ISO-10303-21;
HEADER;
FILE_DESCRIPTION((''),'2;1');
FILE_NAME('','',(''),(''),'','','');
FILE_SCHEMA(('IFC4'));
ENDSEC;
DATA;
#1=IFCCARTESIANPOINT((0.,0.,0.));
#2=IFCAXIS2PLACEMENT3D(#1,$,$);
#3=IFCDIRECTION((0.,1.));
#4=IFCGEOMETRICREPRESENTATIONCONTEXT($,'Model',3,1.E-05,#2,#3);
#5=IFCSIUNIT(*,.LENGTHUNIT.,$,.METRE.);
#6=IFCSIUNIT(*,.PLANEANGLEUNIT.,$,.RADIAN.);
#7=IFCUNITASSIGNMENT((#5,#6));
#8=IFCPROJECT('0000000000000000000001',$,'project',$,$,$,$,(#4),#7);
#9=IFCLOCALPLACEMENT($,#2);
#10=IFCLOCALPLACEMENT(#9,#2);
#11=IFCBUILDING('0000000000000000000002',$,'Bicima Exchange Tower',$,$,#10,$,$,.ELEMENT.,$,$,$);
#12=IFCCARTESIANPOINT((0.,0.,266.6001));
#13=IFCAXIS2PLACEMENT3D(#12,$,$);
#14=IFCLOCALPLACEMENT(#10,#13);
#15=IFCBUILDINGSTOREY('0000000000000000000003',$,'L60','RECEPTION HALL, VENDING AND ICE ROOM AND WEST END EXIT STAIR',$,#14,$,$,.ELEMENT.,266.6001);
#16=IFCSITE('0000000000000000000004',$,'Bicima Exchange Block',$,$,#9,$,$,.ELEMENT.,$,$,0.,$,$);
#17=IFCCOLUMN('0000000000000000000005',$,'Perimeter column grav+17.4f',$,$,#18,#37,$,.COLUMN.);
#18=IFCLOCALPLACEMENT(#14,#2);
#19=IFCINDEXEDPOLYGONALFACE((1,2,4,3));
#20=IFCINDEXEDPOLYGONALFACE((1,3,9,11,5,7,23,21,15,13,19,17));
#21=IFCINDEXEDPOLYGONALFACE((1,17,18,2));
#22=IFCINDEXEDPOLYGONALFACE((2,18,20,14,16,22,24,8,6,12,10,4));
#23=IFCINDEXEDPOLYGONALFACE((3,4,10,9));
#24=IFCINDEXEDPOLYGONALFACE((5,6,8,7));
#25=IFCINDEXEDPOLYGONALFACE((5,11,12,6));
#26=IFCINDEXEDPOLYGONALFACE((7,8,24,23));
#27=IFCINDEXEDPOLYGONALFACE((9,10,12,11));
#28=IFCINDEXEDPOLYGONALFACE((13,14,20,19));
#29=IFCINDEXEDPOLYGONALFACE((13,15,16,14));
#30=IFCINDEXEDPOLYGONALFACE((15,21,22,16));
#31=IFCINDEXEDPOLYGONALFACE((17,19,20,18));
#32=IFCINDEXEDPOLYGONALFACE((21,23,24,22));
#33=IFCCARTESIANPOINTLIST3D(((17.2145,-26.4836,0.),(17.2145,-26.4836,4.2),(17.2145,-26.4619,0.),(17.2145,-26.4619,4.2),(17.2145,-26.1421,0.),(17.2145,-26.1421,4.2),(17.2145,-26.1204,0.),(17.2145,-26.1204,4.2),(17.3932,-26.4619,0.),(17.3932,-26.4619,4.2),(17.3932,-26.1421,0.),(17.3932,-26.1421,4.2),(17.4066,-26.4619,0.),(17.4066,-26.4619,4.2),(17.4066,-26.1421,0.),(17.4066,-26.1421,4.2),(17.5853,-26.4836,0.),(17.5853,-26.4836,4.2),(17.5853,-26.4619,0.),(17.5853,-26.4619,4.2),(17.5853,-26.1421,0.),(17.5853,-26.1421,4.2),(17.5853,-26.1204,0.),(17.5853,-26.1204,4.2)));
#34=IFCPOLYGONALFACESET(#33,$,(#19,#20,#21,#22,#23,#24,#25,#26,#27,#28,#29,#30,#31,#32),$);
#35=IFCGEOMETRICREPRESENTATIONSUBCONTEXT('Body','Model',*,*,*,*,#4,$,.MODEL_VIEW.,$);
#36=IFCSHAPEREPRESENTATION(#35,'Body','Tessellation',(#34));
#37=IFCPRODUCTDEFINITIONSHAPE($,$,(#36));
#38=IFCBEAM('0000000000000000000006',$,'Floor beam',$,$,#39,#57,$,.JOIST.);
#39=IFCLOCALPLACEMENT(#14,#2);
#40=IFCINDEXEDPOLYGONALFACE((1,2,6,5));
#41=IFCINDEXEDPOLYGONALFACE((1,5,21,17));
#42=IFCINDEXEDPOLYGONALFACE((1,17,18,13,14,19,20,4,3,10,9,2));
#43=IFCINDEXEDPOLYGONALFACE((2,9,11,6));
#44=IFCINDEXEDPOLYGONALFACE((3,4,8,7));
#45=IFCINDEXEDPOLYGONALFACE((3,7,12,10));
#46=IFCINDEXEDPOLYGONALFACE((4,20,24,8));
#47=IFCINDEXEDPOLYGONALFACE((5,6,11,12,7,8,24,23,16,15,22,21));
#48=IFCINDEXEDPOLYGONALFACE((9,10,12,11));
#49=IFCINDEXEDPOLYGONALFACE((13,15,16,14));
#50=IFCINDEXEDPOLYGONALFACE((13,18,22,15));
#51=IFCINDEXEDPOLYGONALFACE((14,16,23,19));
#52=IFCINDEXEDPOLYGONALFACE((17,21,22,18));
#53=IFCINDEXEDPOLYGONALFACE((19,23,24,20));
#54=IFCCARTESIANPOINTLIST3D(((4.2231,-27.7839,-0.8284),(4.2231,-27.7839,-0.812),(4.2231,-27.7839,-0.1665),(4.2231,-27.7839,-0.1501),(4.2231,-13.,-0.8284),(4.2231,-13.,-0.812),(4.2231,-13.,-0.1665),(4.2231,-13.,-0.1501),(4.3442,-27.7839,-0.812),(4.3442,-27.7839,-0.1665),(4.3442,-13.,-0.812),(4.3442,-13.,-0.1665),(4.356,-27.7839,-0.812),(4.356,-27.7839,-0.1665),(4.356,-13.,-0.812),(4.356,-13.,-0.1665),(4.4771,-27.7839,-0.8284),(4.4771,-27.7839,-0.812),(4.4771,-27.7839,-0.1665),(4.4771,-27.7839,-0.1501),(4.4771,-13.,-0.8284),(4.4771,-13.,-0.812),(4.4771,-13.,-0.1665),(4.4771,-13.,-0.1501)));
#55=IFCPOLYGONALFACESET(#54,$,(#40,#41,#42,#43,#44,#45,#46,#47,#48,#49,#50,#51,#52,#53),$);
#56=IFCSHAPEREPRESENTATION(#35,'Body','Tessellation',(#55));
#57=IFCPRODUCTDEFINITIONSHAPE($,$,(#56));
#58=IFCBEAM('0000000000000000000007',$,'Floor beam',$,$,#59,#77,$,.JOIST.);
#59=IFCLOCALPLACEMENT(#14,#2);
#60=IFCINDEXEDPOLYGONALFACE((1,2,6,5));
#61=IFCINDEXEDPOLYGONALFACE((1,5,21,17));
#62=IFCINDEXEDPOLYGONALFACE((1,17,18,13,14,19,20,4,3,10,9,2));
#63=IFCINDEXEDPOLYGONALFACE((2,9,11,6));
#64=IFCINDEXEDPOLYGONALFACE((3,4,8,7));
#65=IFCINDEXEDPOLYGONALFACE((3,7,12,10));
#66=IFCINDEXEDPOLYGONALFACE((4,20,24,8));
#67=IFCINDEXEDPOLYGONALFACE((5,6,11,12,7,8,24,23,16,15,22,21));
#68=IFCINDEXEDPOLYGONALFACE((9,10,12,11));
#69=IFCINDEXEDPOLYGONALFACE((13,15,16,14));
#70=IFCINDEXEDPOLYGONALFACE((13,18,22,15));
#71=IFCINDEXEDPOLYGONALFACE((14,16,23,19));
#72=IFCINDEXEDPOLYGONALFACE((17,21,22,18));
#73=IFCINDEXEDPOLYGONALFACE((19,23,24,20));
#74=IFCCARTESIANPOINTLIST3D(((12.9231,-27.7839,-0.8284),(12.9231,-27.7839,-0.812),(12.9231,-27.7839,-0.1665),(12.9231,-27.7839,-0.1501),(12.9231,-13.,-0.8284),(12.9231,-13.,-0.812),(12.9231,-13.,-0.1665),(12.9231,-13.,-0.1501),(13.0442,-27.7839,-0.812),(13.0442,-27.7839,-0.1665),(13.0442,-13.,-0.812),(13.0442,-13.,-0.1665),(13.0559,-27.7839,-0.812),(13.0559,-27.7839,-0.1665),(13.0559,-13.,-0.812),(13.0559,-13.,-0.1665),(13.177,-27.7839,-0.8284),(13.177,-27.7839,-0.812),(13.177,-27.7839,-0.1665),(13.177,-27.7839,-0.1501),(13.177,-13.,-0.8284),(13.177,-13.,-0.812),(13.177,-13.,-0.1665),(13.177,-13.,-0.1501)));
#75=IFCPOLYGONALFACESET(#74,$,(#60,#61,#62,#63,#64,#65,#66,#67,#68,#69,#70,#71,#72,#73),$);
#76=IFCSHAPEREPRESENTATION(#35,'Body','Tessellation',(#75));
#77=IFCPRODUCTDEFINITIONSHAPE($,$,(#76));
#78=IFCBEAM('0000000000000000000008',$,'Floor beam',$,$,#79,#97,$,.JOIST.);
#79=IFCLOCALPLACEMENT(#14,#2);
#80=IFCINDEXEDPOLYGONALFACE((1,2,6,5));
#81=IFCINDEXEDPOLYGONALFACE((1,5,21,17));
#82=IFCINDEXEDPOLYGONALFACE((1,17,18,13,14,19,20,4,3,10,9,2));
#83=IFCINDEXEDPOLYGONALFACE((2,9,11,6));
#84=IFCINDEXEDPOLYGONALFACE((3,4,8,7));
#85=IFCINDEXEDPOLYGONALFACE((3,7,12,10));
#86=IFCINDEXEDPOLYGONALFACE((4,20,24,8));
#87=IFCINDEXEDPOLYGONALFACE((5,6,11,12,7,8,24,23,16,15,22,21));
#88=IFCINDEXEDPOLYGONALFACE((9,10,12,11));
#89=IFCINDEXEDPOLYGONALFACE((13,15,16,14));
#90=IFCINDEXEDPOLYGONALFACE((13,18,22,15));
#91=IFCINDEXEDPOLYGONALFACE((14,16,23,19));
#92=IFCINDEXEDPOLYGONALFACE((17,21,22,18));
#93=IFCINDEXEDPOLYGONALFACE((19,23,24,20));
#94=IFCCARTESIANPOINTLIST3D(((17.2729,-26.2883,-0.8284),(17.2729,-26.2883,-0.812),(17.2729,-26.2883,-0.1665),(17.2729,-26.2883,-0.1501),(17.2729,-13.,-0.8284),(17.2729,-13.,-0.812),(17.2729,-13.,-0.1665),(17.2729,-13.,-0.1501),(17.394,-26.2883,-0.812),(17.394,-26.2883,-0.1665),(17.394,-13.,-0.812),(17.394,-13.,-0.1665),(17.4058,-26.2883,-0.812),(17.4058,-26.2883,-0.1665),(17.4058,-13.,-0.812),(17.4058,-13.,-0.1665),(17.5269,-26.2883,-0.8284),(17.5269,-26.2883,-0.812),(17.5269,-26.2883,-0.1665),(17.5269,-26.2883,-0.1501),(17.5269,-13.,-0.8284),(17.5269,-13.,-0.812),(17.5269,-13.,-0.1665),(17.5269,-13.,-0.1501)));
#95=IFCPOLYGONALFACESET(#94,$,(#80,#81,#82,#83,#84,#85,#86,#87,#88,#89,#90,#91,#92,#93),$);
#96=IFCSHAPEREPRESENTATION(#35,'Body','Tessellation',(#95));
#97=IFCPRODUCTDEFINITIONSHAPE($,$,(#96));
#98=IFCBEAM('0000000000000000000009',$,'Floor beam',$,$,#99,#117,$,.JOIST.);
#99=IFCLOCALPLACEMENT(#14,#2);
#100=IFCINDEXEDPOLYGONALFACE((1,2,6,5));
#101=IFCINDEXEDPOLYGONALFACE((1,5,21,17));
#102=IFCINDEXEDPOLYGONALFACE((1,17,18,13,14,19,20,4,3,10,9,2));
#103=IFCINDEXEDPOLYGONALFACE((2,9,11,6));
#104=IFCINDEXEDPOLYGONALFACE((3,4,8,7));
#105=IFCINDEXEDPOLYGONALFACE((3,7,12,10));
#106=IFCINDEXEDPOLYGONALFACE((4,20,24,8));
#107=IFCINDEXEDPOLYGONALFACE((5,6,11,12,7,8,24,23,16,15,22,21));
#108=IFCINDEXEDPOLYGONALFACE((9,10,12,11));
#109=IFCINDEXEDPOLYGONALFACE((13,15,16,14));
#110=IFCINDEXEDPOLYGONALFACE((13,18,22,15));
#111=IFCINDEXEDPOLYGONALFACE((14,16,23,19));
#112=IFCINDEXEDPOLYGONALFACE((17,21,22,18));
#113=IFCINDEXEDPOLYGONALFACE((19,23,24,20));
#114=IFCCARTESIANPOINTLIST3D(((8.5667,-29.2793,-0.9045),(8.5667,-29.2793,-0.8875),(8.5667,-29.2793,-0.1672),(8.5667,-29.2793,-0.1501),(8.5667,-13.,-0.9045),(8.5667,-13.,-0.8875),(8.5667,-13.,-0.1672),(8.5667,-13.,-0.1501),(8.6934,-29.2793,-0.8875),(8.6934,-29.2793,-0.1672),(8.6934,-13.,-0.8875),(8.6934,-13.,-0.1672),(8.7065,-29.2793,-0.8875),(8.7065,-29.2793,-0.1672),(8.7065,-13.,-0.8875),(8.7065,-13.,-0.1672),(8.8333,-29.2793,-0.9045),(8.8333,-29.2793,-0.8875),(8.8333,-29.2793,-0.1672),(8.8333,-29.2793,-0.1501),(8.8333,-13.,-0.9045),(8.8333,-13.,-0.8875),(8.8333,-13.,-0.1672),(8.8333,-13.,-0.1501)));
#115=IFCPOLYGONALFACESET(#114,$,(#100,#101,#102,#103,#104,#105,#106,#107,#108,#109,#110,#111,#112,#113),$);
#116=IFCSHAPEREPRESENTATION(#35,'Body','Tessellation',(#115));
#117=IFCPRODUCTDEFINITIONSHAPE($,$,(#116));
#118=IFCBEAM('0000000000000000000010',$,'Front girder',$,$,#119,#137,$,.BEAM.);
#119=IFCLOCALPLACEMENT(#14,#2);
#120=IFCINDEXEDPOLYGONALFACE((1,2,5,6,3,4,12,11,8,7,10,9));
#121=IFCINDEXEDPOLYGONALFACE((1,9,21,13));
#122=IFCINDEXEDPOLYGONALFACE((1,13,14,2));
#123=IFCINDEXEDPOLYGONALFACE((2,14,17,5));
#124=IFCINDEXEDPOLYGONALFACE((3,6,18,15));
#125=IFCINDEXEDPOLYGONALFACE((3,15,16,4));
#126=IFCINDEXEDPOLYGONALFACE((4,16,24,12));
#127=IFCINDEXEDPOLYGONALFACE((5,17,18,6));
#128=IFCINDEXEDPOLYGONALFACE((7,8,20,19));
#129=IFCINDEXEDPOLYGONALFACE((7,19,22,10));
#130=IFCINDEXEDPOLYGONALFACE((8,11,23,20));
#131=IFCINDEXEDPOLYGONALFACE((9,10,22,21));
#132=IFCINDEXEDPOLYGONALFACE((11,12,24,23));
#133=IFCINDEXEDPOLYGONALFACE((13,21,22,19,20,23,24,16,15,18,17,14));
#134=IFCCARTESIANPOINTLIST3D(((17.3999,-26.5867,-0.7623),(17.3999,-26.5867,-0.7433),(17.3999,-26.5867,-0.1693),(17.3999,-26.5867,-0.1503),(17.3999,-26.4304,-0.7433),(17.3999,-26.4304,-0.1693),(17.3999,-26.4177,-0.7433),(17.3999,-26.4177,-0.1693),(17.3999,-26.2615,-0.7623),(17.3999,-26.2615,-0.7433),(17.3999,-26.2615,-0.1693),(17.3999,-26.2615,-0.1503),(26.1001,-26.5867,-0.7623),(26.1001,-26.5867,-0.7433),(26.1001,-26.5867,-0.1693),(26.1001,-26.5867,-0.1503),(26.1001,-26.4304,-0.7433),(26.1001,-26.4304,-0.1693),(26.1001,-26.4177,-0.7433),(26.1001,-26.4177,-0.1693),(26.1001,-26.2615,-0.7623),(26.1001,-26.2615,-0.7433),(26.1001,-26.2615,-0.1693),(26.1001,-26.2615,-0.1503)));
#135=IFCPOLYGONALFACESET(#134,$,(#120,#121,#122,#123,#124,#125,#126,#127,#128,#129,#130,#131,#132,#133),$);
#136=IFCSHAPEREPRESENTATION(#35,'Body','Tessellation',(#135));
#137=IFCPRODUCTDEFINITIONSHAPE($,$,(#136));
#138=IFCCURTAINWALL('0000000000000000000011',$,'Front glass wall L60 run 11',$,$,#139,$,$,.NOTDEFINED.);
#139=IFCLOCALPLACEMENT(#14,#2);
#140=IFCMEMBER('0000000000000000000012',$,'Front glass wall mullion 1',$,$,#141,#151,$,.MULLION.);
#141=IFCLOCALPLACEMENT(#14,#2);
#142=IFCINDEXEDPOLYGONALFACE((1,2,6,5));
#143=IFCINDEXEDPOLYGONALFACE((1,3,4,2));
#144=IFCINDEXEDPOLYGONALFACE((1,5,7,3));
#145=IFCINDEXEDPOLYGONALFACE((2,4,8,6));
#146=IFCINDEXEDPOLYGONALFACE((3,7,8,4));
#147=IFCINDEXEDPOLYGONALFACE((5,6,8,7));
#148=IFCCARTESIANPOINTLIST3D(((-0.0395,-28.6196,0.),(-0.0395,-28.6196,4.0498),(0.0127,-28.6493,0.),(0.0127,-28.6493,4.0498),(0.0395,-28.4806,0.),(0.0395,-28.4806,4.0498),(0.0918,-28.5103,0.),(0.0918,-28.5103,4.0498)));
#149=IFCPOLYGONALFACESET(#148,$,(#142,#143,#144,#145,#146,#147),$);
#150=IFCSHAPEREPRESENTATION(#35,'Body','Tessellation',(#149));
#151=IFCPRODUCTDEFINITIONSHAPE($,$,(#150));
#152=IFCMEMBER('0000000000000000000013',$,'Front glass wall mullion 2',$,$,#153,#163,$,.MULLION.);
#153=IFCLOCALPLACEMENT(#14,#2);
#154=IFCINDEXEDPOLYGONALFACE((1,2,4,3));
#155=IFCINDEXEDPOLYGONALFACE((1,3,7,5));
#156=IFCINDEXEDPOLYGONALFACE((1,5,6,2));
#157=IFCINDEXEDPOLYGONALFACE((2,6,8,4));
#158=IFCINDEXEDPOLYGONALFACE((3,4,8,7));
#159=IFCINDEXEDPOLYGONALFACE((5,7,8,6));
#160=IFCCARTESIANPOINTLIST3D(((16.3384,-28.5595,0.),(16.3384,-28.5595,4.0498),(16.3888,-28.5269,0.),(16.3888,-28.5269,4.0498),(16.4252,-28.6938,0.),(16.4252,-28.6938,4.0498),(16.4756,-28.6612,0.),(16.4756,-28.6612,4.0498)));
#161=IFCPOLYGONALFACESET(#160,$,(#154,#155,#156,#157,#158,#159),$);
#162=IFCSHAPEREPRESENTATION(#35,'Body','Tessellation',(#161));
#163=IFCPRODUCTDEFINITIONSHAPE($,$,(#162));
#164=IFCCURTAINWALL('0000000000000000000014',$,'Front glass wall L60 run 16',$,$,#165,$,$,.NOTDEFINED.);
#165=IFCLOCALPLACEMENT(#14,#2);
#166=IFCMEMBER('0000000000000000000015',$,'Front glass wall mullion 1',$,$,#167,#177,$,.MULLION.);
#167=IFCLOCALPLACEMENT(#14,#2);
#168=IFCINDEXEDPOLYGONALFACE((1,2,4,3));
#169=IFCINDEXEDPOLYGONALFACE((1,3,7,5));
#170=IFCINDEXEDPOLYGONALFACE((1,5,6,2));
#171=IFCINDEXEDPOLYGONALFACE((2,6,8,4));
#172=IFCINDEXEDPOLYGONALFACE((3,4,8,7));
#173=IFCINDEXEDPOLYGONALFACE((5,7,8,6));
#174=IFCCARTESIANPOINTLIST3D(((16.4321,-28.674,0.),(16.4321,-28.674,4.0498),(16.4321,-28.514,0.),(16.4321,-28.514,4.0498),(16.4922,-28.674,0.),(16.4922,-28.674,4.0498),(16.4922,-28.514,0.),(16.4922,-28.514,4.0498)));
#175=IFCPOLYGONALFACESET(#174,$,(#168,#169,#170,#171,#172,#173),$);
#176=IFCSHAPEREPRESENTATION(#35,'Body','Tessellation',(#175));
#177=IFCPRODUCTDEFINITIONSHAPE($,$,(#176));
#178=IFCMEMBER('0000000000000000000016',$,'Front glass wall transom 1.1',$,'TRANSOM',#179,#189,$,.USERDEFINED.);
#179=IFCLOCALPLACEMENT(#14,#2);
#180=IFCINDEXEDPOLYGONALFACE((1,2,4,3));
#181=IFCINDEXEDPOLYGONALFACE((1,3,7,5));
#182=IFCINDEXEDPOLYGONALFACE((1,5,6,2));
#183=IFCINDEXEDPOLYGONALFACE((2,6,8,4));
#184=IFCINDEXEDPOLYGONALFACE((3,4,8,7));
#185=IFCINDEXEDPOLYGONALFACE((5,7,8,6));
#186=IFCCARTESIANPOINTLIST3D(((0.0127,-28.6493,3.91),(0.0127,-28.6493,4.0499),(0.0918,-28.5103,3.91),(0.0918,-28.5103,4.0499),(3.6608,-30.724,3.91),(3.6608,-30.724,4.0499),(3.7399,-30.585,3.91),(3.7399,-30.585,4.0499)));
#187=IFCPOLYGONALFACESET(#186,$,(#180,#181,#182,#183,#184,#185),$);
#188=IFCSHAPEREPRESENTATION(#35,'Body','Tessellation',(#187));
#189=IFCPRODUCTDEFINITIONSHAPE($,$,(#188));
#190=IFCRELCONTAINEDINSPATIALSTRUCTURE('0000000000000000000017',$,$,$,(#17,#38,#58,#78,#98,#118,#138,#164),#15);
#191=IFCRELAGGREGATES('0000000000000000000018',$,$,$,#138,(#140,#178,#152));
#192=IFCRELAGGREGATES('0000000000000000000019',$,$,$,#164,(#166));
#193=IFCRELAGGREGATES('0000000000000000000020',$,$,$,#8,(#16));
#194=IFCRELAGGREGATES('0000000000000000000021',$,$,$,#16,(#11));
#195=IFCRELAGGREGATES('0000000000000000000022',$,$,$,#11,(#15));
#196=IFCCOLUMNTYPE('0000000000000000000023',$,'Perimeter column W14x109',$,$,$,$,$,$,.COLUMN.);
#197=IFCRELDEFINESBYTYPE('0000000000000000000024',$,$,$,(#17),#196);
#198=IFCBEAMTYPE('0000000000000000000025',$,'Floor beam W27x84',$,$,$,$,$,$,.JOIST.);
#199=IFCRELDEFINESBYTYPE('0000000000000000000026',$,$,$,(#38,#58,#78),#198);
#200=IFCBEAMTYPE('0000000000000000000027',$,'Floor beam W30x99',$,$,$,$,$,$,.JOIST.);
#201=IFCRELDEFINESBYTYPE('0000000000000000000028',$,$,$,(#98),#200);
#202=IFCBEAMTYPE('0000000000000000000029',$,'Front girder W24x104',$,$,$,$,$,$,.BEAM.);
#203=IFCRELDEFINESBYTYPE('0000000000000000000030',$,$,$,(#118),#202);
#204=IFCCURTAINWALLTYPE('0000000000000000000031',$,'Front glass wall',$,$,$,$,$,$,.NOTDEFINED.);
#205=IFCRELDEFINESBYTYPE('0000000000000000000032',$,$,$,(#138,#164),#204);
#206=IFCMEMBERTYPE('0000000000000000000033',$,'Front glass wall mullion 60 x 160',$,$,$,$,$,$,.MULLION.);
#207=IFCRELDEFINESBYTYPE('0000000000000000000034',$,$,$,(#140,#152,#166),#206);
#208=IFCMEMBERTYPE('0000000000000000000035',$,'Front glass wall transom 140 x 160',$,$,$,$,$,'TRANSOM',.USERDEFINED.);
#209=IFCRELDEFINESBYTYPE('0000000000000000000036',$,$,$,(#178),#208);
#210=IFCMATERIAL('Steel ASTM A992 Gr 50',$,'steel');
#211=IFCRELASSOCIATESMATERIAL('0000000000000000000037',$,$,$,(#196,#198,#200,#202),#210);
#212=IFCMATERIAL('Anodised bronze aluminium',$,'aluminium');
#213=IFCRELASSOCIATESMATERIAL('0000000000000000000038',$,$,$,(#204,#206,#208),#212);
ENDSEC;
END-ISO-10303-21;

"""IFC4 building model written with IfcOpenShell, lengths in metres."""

from ifc_helpers import new_model, si_unit, direction, frame, origin, origin_2d, place, context, subcontext, project, spatial, rectangle, i_section, extrude, material, material_profile, profile_set, type_object, element, aggregate, save


model = new_model("IFC4")

# Units and contexts
model_context = context("Model", 3, precision=1e-05, world=origin(), true_north=direction((0.0, 1.0)))
body_context = subcontext(model_context, "Body", "Model", "MODEL_VIEW")
ifc_project = project(units=[si_unit("LENGTHUNIT", "METRE"), si_unit("PLANEANGLEUNIT", "RADIAN")], contexts=[model_context])

# Site, building, storey
site_placement = place(None, origin())
site = spatial("IfcSite", under=ifc_project, at=site_placement, Name="Bicima Exchange Block", CompositionType="ELEMENT", RefElevation=0.0)
building_placement = place(site_placement, origin())
building = spatial("IfcBuilding", under=site, at=building_placement, Name="Bicima Exchange Tower", CompositionType="ELEMENT")
storey_placement = place(building_placement, frame((0.0, 0.0, 266.6001)))
storey = spatial("IfcBuildingStorey", under=building, at=storey_placement, Name="L60", Description="RECEPTION HALL, VENDING AND ICE ROOM AND WEST END EXIT STAIR", CompositionType="ELEMENT", Elevation=266.6001)

# Column
ifc_material_1 = material(Name="Steel ASTM A992 Gr 50", Category="steel")
ifc_material_profile_1 = material_profile(ifc_material_1, i_section(OverallWidth=0.3708, OverallDepth=0.3633, WebThickness=0.0134, FlangeThickness=0.0217, at=origin_2d()))
ifc_profile_set_1 = profile_set([ifc_material_profile_1], Name="Steel ASTM A992 Gr 50")
column_type = type_object("IfcColumnType", Name="Perimeter column W14x109", PredefinedType="COLUMN", material=ifc_profile_set_1)
column_placement = place(storey_placement, frame((17.3999, -26.302, 0.0), z_axis=(0.0, 0.0, 1.0), x_axis=(1.0, 0.0, 0.0)))
element("IfcColumn", 1, at=column_placement, inside=storey, type_object=column_type, Name="Perimeter column grav+17.4f", PredefinedType="COLUMN", context=body_context, shape_type="SweptSolid", body=[
    extrude(i_section(OverallWidth=0.3708, OverallDepth=0.3633, WebThickness=0.0134, FlangeThickness=0.0217, at=origin_2d()), origin(), (0.0, 0.0, 1.0), 4.2),
])

# Beams
ifc_material_profile_2 = material_profile(ifc_material_1, i_section(OverallWidth=0.2539, OverallDepth=0.6782, WebThickness=0.0117, FlangeThickness=0.0164, at=origin_2d()))
ifc_profile_set_2 = profile_set([ifc_material_profile_2], Name="Steel ASTM A992 Gr 50")
beam_type_1 = type_object("IfcBeamType", Name="Floor beam W27x84", PredefinedType="JOIST", material=ifc_profile_set_2)
for number, where, z_axis, x_axis, name in (
    (2, (4.3501, -13.0, -0.4893), (0.0, -1.0, 0.0), (1.0, 0.0, 0.0), "Floor beam"),
    (3, (13.05, -13.0, -0.4893), (0.0, -1.0, 0.0), (1.0, 0.0, 0.0), "Floor beam"),
):
    element("IfcBeam", number, at=place(storey_placement, frame(where, z_axis=z_axis, x_axis=x_axis)), inside=storey, type_object=beam_type_1, Name=name, PredefinedType="JOIST", context=body_context, shape_type="SweptSolid", body=[
        extrude(i_section(OverallWidth=0.2539, OverallDepth=0.6782, WebThickness=0.0117, FlangeThickness=0.0164, at=origin_2d()), origin(), (0.0, 0.0, 1.0), 14.7839),
    ])
beam_1_placement = place(storey_placement, frame((17.3999, -13.0, -0.4893), z_axis=(0.0, -1.0, 0.0), x_axis=(1.0, 0.0, 0.0)))
element("IfcBeam", 4, at=beam_1_placement, inside=storey, type_object=beam_type_1, Name="Floor beam", PredefinedType="JOIST", context=body_context, shape_type="SweptSolid", body=[
    extrude(i_section(OverallWidth=0.2539, OverallDepth=0.6782, WebThickness=0.0117, FlangeThickness=0.0164, at=origin_2d()), origin(), (0.0, 0.0, 1.0), 13.2883),
])
ifc_material_profile_3 = material_profile(ifc_material_1, i_section(OverallWidth=0.2666, OverallDepth=0.7544, WebThickness=0.0132, FlangeThickness=0.0171, at=origin_2d()))
ifc_profile_set_3 = profile_set([ifc_material_profile_3], Name="Steel ASTM A992 Gr 50")
beam_type_2 = type_object("IfcBeamType", Name="Floor beam W30x99", PredefinedType="JOIST", material=ifc_profile_set_3)
beam_2_placement = place(storey_placement, frame((8.7, -13.0, -0.5273), z_axis=(0.0, -1.0, 0.0), x_axis=(1.0, 0.0, 0.0)))
element("IfcBeam", 5, at=beam_2_placement, inside=storey, type_object=beam_type_2, Name="Floor beam", PredefinedType="JOIST", context=body_context, shape_type="SweptSolid", body=[
    extrude(i_section(OverallWidth=0.2666, OverallDepth=0.7544, WebThickness=0.0132, FlangeThickness=0.0171, at=origin_2d()), origin(), (0.0, 0.0, 1.0), 16.2793),
])
ifc_material_profile_4 = material_profile(ifc_material_1, i_section(OverallWidth=0.3252, OverallDepth=0.6121, WebThickness=0.0127, FlangeThickness=0.019, at=origin_2d()))
ifc_profile_set_4 = profile_set([ifc_material_profile_4], Name="Steel ASTM A992 Gr 50")
beam_type_3 = type_object("IfcBeamType", Name="Front girder W24x104", PredefinedType="BEAM", material=ifc_profile_set_4)
beam_3_placement = place(storey_placement, frame((17.3999, -26.4241, -0.4563), z_axis=(1.0, 0.0, 0.0), x_axis=(0.0, 1.0, 0.0)))
element("IfcBeam", 6, at=beam_3_placement, inside=storey, type_object=beam_type_3, Name="Front girder", PredefinedType="BEAM", context=body_context, shape_type="SweptSolid", body=[
    extrude(i_section(OverallWidth=0.3252, OverallDepth=0.6121, WebThickness=0.0127, FlangeThickness=0.019, at=origin_2d()), origin(), (0.0, 0.0, 1.0), 8.7002),
])

# Curtain wall, members
ifc_material_2 = material(Name="Anodised bronze aluminium", Category="aluminium")
curtain_wall_type = type_object("IfcCurtainWallType", Name="Front glass wall", PredefinedType="NOTDEFINED", material=ifc_material_2)
curtain_wall_1_placement = place(storey_placement, origin())
curtain_wall_1 = element("IfcCurtainWall", 7, at=curtain_wall_1_placement, inside=storey, type_object=curtain_wall_type, Name="Front glass wall L60 run 11", PredefinedType="NOTDEFINED")
ifc_material_profile_5 = material_profile(ifc_material_2, rectangle(XDim=0.1599, YDim=0.0601, at=origin_2d()))
ifc_profile_set_5 = profile_set([ifc_material_profile_5], Name="Anodised bronze aluminium")
member_type_1 = type_object("IfcMemberType", Name="Front glass wall mullion 60 x 160", PredefinedType="MULLION", material=ifc_profile_set_5)
member_1_placement = place(storey_placement, frame((0.0261, -28.5649, 0.0), z_axis=(0.0, 0.0, 1.0), x_axis=(0.49433, 0.869274, 0.0)))
member_1 = element("IfcMember", 8, at=member_1_placement, type_object=member_type_1, Name="Front glass wall mullion 1", PredefinedType="MULLION", context=body_context, shape_type="SweptSolid", body=[
    extrude(rectangle(XDim=0.1599, YDim=0.0601, at=origin_2d()), origin(), (0.0, 0.0, 1.0), 4.0498),
])
member_2_placement = place(storey_placement, frame((16.407, -28.6104, 0.0), z_axis=(0.0, 0.0, 1.0), x_axis=(-0.542909, 0.839791, 0.0)))
member_2 = element("IfcMember", 9, at=member_2_placement, type_object=member_type_1, Name="Front glass wall mullion 2", PredefinedType="MULLION", context=body_context, shape_type="SweptSolid", body=[
    extrude(rectangle(XDim=0.1599, YDim=0.0601, at=origin_2d()), origin(), (0.0, 0.0, 1.0), 4.0498),
])

# Curtain wall, member
curtain_wall_2_placement = place(storey_placement, origin())
curtain_wall_2 = element("IfcCurtainWall", 10, at=curtain_wall_2_placement, inside=storey, type_object=curtain_wall_type, Name="Front glass wall L60 run 16", PredefinedType="NOTDEFINED")
member_3_placement = place(storey_placement, frame((16.4622, -28.594, 0.0), z_axis=(0.0, 0.0, 1.0), x_axis=(0.0, 1.0, 0.0)))
member_3 = element("IfcMember", 11, at=member_3_placement, type_object=member_type_1, Name="Front glass wall mullion 1", PredefinedType="MULLION", context=body_context, shape_type="SweptSolid", body=[
    extrude(rectangle(XDim=0.1599, YDim=0.0601, at=origin_2d()), origin(), (0.0, 0.0, 1.0), 4.0498),
])

# Member
ifc_material_profile_6 = material_profile(ifc_material_2, rectangle(XDim=0.1599, YDim=0.1399, at=origin_2d()))
ifc_profile_set_6 = profile_set([ifc_material_profile_6], Name="Anodised bronze aluminium")
member_type_2 = type_object("IfcMemberType", Name="Front glass wall transom 140 x 160", ElementType="TRANSOM", PredefinedType="USERDEFINED", material=ifc_profile_set_6)
member_4_placement = place(storey_placement, frame((0.0522, -28.5798, 3.98), z_axis=(0.869265, -0.494346, 0.0), x_axis=(0.494346, 0.869265, 0.0)))
member_4 = element("IfcMember", 12, at=member_4_placement, type_object=member_type_2, Name="Front glass wall transom 1.1", ObjectType="TRANSOM", PredefinedType="USERDEFINED", context=body_context, shape_type="SweptSolid", body=[
    extrude(rectangle(XDim=0.1599, YDim=0.1399, at=origin_2d()), origin(), (0.0, 0.0, 1.0), 4.1968),
])

aggregate(curtain_wall_1, [member_1, member_4, member_2])
aggregate(curtain_wall_2, [member_3])

save(model, "model.ifc")
